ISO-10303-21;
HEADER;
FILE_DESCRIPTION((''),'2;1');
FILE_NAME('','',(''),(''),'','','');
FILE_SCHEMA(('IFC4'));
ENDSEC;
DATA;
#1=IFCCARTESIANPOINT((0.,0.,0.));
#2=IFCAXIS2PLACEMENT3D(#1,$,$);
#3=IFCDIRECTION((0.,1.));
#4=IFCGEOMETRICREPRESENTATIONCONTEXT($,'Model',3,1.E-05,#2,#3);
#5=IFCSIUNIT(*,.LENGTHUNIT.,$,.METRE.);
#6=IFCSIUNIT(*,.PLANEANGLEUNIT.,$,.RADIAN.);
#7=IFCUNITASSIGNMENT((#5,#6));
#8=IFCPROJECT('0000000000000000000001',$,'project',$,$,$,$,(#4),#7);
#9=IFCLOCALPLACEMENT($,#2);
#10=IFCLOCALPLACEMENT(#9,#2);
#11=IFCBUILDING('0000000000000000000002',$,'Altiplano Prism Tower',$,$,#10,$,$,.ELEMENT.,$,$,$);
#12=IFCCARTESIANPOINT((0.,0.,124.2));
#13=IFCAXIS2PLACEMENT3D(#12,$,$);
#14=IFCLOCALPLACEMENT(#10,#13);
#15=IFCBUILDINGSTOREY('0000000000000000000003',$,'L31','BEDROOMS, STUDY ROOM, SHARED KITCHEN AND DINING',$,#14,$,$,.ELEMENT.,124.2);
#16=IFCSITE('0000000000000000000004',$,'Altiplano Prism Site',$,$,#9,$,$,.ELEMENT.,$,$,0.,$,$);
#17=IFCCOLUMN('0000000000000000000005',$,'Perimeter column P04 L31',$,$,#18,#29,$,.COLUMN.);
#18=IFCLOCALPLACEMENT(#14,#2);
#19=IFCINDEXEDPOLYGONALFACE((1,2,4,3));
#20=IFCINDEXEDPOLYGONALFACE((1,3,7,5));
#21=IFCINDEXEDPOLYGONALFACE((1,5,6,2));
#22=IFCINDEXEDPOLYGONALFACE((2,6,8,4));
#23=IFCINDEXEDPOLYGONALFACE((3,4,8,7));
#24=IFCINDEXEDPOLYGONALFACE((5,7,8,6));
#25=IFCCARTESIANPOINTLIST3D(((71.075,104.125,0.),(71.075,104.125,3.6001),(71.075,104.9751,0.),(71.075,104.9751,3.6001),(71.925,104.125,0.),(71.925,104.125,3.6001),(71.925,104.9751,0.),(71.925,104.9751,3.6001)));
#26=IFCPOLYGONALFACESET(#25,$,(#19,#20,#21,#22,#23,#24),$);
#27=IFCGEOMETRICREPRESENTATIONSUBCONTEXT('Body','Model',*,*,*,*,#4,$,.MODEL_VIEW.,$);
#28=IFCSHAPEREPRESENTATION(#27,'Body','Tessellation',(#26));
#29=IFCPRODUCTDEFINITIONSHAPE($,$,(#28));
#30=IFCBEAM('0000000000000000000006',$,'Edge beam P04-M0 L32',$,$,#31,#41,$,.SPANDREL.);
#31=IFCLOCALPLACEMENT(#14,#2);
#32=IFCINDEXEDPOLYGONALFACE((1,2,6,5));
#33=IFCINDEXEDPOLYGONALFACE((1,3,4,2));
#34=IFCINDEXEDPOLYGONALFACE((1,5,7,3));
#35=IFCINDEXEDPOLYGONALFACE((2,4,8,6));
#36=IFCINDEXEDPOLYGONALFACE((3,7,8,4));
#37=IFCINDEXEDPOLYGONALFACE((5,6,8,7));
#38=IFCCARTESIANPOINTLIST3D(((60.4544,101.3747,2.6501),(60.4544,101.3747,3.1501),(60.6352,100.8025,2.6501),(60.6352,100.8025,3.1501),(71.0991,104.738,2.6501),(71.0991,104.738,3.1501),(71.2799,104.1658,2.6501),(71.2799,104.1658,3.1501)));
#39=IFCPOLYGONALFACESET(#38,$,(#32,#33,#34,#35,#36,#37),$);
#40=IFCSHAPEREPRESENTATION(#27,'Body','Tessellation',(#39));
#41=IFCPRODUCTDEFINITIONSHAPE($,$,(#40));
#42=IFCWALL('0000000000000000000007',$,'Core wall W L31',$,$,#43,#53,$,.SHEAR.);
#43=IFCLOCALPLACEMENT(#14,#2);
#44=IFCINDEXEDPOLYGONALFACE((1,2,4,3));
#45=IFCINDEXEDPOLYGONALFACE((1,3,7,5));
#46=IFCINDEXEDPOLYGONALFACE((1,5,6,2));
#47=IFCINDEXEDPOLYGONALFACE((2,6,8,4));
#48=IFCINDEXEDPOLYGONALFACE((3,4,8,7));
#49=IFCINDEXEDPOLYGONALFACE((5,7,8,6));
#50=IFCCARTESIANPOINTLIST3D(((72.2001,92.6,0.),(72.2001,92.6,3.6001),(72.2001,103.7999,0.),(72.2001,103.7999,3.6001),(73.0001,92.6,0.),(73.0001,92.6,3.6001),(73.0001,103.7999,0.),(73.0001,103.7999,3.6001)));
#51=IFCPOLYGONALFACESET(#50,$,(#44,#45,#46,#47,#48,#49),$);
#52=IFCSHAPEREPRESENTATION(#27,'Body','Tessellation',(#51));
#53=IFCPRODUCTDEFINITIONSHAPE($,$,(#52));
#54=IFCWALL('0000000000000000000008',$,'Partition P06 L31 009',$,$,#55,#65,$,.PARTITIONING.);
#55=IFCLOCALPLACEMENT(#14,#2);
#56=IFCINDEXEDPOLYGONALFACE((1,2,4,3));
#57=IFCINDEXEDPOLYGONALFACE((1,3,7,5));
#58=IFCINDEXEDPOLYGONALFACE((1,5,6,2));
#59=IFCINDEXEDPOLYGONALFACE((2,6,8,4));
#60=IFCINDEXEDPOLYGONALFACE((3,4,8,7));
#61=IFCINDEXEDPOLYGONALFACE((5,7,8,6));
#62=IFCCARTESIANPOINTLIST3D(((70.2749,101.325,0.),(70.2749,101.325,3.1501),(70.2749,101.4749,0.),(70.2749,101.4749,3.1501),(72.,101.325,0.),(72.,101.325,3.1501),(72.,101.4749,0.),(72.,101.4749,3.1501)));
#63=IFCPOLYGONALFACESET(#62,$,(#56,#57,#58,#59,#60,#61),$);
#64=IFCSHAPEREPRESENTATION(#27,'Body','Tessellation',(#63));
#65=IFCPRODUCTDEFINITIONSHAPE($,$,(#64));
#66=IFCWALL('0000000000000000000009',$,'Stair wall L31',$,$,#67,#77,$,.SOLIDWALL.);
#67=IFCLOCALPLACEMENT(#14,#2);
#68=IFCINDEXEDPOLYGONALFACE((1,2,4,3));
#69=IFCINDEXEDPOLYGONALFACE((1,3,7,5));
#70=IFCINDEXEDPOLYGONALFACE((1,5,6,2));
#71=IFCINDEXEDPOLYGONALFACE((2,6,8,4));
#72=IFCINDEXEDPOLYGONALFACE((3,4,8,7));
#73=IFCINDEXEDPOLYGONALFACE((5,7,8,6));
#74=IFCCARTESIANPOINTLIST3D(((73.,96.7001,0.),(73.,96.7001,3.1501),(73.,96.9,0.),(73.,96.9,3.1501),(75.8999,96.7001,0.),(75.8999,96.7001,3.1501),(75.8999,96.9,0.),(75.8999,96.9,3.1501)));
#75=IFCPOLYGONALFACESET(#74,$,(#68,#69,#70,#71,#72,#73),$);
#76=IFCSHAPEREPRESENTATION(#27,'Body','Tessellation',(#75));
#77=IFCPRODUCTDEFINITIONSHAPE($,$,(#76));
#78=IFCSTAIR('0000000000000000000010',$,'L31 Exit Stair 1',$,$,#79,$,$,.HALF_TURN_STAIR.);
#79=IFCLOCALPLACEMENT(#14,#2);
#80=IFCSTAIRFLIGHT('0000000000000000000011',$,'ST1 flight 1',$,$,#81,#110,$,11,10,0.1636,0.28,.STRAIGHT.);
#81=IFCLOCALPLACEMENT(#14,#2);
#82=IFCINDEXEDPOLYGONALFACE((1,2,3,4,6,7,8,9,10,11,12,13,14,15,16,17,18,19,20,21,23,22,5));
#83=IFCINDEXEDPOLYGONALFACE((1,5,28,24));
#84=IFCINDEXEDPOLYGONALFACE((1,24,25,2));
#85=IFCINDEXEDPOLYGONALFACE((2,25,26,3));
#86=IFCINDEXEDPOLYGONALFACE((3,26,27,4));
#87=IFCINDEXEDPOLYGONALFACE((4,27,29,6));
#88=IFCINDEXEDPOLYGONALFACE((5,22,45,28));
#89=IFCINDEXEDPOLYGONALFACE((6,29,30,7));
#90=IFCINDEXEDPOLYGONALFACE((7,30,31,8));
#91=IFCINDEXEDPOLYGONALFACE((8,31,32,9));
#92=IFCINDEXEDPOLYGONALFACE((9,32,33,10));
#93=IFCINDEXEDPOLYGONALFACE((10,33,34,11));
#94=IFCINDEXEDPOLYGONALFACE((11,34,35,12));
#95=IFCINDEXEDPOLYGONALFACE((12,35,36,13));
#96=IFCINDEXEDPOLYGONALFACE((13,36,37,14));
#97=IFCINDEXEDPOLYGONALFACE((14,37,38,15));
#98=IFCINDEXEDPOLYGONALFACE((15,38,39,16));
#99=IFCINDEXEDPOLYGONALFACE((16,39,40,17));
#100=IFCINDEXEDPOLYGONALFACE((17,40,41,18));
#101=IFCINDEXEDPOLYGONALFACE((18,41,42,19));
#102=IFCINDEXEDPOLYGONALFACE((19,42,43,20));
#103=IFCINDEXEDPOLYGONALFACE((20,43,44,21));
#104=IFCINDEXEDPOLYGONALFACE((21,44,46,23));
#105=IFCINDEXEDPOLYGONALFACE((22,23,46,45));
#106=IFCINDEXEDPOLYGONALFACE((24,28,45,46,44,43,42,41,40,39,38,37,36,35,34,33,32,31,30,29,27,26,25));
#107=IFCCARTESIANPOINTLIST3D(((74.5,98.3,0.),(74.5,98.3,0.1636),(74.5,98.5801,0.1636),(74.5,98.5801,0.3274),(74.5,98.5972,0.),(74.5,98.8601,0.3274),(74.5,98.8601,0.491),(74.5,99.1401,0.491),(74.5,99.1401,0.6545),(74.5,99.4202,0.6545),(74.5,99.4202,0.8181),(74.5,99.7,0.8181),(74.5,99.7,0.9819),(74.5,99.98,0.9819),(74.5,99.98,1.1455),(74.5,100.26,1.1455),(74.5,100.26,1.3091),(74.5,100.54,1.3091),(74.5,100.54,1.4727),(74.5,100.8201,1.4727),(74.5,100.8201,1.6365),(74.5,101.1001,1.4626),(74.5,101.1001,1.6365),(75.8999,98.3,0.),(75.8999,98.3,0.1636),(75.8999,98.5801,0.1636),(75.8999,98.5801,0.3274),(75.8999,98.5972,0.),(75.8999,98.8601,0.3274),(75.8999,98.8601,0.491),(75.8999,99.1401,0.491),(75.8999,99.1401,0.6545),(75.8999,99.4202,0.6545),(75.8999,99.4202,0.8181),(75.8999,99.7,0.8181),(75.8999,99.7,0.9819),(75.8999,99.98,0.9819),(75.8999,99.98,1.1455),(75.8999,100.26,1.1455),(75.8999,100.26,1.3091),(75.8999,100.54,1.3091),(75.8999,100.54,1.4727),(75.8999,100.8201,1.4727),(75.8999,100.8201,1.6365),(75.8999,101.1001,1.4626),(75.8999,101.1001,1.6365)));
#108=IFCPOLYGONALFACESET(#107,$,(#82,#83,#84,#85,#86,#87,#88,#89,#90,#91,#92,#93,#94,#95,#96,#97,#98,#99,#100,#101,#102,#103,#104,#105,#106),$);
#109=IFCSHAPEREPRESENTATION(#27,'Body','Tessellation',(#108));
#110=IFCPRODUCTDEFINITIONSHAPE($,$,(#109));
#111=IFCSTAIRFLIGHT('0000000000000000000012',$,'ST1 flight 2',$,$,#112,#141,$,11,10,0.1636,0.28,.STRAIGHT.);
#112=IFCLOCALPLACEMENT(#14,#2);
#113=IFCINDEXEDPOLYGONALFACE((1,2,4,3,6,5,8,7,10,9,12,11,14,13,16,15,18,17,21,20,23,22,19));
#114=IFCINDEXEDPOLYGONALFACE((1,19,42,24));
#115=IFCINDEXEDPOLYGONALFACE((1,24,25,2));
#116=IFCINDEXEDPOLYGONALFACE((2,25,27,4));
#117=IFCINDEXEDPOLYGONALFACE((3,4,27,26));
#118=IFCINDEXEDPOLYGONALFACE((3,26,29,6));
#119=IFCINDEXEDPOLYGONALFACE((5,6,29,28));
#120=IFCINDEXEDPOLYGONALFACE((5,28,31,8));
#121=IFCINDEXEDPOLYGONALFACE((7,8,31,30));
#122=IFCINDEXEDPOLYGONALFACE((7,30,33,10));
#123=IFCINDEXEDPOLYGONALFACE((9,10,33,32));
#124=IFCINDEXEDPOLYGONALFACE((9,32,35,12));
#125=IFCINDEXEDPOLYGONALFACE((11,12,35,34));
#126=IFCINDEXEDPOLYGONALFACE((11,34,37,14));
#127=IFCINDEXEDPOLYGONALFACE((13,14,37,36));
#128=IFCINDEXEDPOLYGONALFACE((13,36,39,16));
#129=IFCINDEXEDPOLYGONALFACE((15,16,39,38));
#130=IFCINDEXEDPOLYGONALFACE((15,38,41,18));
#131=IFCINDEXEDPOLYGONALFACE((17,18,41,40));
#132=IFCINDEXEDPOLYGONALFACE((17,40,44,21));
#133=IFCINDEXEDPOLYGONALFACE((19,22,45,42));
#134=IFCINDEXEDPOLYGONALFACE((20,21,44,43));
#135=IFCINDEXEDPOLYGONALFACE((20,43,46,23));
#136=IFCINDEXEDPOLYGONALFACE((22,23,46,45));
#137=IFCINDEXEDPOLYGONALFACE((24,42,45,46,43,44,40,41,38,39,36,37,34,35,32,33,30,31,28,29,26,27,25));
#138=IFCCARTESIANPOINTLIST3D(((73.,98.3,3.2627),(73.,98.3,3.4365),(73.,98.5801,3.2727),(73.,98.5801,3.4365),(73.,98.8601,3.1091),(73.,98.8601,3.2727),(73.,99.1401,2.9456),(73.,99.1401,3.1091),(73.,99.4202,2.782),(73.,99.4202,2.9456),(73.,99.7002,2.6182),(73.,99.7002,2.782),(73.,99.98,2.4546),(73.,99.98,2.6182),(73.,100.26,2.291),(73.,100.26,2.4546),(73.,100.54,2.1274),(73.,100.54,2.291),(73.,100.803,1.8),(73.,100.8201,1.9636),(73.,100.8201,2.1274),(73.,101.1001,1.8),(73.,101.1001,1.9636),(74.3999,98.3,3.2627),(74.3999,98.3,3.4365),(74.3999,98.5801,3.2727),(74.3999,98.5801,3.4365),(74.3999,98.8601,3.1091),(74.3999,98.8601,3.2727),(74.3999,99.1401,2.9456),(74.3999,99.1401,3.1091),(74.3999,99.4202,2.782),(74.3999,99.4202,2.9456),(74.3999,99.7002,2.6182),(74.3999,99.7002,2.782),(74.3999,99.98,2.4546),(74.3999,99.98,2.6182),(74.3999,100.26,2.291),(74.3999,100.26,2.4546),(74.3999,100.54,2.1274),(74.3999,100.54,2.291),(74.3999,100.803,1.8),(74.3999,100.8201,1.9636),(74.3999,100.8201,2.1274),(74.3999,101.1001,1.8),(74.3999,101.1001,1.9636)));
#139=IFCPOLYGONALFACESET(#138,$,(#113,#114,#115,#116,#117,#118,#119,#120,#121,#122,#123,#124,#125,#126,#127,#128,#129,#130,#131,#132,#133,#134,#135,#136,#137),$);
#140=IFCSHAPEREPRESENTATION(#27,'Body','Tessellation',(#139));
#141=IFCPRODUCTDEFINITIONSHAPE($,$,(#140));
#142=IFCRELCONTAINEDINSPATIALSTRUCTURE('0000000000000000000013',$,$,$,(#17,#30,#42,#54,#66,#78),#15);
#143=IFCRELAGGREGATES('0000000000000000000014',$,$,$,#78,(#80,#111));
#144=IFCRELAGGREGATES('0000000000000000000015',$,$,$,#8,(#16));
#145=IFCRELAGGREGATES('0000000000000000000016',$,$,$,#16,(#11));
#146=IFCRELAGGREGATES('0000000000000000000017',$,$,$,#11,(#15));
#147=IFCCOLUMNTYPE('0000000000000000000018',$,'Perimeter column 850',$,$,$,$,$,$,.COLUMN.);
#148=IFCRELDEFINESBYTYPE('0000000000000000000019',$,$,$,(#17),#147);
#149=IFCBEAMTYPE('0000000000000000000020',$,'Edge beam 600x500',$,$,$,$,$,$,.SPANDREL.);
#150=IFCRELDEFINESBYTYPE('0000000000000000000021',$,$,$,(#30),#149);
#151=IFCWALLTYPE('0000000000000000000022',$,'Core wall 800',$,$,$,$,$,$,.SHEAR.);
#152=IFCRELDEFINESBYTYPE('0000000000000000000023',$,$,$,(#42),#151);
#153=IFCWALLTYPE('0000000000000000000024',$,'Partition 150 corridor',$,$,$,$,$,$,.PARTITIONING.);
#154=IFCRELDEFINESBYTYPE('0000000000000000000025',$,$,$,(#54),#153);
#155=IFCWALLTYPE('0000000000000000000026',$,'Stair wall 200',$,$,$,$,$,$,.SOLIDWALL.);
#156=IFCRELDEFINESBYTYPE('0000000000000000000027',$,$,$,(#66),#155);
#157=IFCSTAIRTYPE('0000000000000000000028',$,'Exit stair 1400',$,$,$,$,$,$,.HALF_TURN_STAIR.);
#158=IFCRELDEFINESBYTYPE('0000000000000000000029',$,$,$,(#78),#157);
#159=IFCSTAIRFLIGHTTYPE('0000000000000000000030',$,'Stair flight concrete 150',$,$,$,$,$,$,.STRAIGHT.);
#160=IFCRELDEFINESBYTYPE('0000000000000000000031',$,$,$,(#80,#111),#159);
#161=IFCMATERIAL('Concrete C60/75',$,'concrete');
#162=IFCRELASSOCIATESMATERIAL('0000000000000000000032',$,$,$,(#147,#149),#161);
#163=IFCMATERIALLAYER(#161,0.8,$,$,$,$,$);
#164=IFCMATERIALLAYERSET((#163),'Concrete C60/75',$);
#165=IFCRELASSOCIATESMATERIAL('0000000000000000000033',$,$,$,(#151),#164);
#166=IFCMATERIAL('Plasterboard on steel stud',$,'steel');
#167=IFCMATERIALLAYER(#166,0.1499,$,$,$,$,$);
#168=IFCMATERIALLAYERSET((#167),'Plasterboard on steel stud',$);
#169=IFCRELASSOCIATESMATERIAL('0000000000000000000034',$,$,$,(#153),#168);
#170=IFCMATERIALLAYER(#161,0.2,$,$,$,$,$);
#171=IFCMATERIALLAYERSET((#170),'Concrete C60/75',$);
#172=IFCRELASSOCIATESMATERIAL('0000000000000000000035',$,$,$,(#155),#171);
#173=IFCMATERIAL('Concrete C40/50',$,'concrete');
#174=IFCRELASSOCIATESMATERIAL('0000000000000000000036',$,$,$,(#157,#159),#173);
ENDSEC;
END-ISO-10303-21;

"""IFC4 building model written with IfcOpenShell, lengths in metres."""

from ifc_helpers import new_model, si_unit, direction, frame, frame_2d, origin, origin_2d, place, context, subcontext, project, spatial, polyline, rectangle, outline, extrude, material, layer, layer_set, material_profile, profile_set, type_object, element, aggregate, save


model = new_model("IFC4")

# Units and contexts
model_context = context("Model", 3, precision=1e-05, world=origin(), true_north=direction((0.0, 1.0)))
body_context = subcontext(model_context, "Body", "Model", "MODEL_VIEW")
ifc_project = project(units=[si_unit("LENGTHUNIT", "METRE"), si_unit("PLANEANGLEUNIT", "RADIAN")], contexts=[model_context])

# Site, building, storey
site_placement = place(None, origin())
site = spatial("IfcSite", under=ifc_project, at=site_placement, Name="Altiplano Prism Site", CompositionType="ELEMENT", RefElevation=0.0)
building_placement = place(site_placement, origin())
building = spatial("IfcBuilding", under=site, at=building_placement, Name="Altiplano Prism Tower", CompositionType="ELEMENT")
storey_placement = place(building_placement, frame((0.0, 0.0, 124.2)))
storey = spatial("IfcBuildingStorey", under=building, at=storey_placement, Name="L31", Description="BEDROOMS, STUDY ROOM, SHARED KITCHEN AND DINING", CompositionType="ELEMENT", Elevation=124.2)

# Column
ifc_material_1 = material(Name="Concrete C60/75", Category="concrete")
ifc_material_profile_1 = material_profile(ifc_material_1, rectangle(XDim=0.8501, YDim=0.8501, at=origin_2d()), Name="Perimeter column 850")
ifc_profile_set_1 = profile_set([ifc_material_profile_1], Name="Concrete C60/75")
column_type = type_object("IfcColumnType", Name="Perimeter column 850", PredefinedType="COLUMN", material=ifc_profile_set_1)
column_placement = place(storey_placement, frame((71.5, 104.55, 0.0), z_axis=(0.0, 0.0, 1.0), x_axis=(1.0, 0.0, 0.0)))
element("IfcColumn", 1, at=column_placement, inside=storey, type_object=column_type, Name="Perimeter column P04 L31", PredefinedType="COLUMN", context=body_context, shape_type="SweptSolid", body=[
    extrude(rectangle(XDim=0.8501, YDim=0.8501, at=origin_2d()), origin(), (0.0, 0.0, 1.0), 3.6001),
])

# Beam
ifc_material_profile_2 = material_profile(ifc_material_1, rectangle(XDim=0.6001, YDim=0.5, at=origin_2d()), Name="Edge beam 600x500")
ifc_profile_set_2 = profile_set([ifc_material_profile_2], Name="Concrete C60/75")
beam_type = type_object("IfcBeamType", Name="Edge beam 600x500", PredefinedType="SPANDREL", material=ifc_profile_set_2)
beam_placement = place(storey_placement, frame((71.1895, 104.4519, 2.9001), z_axis=(-0.953535, -0.301282, 0.0), x_axis=(0.301282, -0.953535, 0.0)))
element("IfcBeam", 2, at=beam_placement, inside=storey, type_object=beam_type, Name="Edge beam P04-M0 L32", PredefinedType="SPANDREL", context=body_context, shape_type="SweptSolid", body=[
    extrude(rectangle(XDim=0.6001, YDim=0.5, at=origin_2d()), origin(), (0.0, 0.0, 1.0), 11.1633),
])

# Walls
ifc_layer_1 = layer(ifc_material_1, 0.8)
ifc_layer_set_1 = layer_set([ifc_layer_1], Name="Concrete C60/75")
wall_type_1 = type_object("IfcWallType", Name="Core wall 800", PredefinedType="SHEAR", material=ifc_layer_set_1)
wall_1_placement = place(storey_placement, frame((72.6001, 103.8, 0.0), z_axis=(0.0, 0.0, 1.0), x_axis=(0.0, -1.0, 0.0)))
element("IfcWall", 3, at=wall_1_placement, inside=storey, type_object=wall_type_1, Name="Core wall W L31", PredefinedType="SHEAR", context=body_context, shape_type="SweptSolid", body=[
    extrude(rectangle(XDim=11.2, YDim=0.8, at=frame_2d((5.6001, 0.0))), origin(), (0.0, 0.0, 1.0), 3.6001),
])
ifc_material_2 = material(Name="Plasterboard on steel stud", Category="steel")
ifc_layer_2 = layer(ifc_material_2, 0.1499)
ifc_layer_set_2 = layer_set([ifc_layer_2], Name="Plasterboard on steel stud")
wall_type_2 = type_object("IfcWallType", Name="Partition 150 corridor", PredefinedType="PARTITIONING", material=ifc_layer_set_2)
wall_2_placement = place(storey_placement, frame((72.0, 101.3999, 0.0), z_axis=(0.0, 0.0, 1.0), x_axis=(-1.0, 0.0, 0.0)))
element("IfcWall", 4, at=wall_2_placement, inside=storey, type_object=wall_type_2, Name="Partition P06 L31 009", PredefinedType="PARTITIONING", context=body_context, shape_type="SweptSolid", body=[
    extrude(rectangle(XDim=1.7251, YDim=0.1499, at=frame_2d((0.8625, 0.0))), origin(), (0.0, 0.0, 1.0), 3.1501),
])
ifc_layer_3 = layer(ifc_material_1, 0.2)
ifc_layer_set_3 = layer_set([ifc_layer_3], Name="Concrete C60/75")
wall_type_3 = type_object("IfcWallType", Name="Stair wall 200", PredefinedType="SOLIDWALL", material=ifc_layer_set_3)
wall_3_placement = place(storey_placement, frame((73.0, 96.8, 0.0), z_axis=(0.0, 0.0, 1.0), x_axis=(1.0, 0.0, 0.0)))
element("IfcWall", 5, at=wall_3_placement, inside=storey, type_object=wall_type_3, Name="Stair wall L31", PredefinedType="SOLIDWALL", context=body_context, shape_type="SweptSolid", body=[
    extrude(rectangle(XDim=2.8999, YDim=0.2, at=frame_2d((1.45, 0.0))), origin(), (0.0, 0.0, 1.0), 3.1501),
])

# Stair, stair flights
ifc_material_3 = material(Name="Concrete C40/50", Category="concrete")
stair_type = type_object("IfcStairType", Name="Exit stair 1400", PredefinedType="HALF_TURN_STAIR", material=ifc_material_3)
stair_placement = place(storey_placement, origin())
stair = element("IfcStair", 6, at=stair_placement, inside=storey, type_object=stair_type, Name="L31 Exit Stair 1", PredefinedType="HALF_TURN_STAIR")
stair_flight_type = type_object("IfcStairFlightType", Name="Stair flight concrete 150", PredefinedType="STRAIGHT", material=ifc_material_3)
stair_flight_1_placement = place(storey_placement, frame((75.2, 98.3, 0.0), z_axis=(0.0, 0.0, 1.0), x_axis=(0.0, 1.0, 0.0)))
stair_flight_1 = element("IfcStairFlight", 7, at=stair_flight_1_placement, type_object=stair_flight_type, Name="ST1 flight 1", NumberOfRisers=11, NumberOfTreads=10, PredefinedType="STRAIGHT", RiserHeight=0.1636, TreadLength=0.28, context=body_context, shape_type="SweptSolid", body=[
    extrude(outline(polyline([(0.0, 0.0), (0.0, 0.1636), (0.28, 0.1636), (0.28, 0.3274), (0.5601, 0.3274), (0.5601, 0.491), (0.8401, 0.491), (0.8401, 0.6545), (1.1201, 0.6545), (1.1201, 0.8181), (1.3999, 0.8181), (1.3999, 0.9819), (1.6799, 0.9819), (1.6799, 1.1455), (1.96, 1.1455), (1.96, 1.3091), (2.24, 1.3091), (2.24, 1.4727), (2.52, 1.4727), (2.52, 1.6365), (2.8, 1.6365), (2.8, 1.8), (2.8, 1.4626), (0.2971, 0.0), (0.0, 0.0)])), frame((0.0, 0.7, 0.0), z_axis=(0.0, -1.0, 0.0), x_axis=(1.0, 0.0, 0.0)), (0.0, 0.0, 1.0), 1.3999),
])
stair_flight_2_placement = place(storey_placement, frame((73.7, 101.1001, 1.8), z_axis=(0.0, 0.0, 1.0), x_axis=(0.0, -1.0, 0.0)))
stair_flight_2 = element("IfcStairFlight", 8, at=stair_flight_2_placement, type_object=stair_flight_type, Name="ST1 flight 2", NumberOfRisers=11, NumberOfTreads=10, PredefinedType="STRAIGHT", RiserHeight=0.1636, TreadLength=0.28, context=body_context, shape_type="SweptSolid", body=[
    extrude(outline(polyline([(0.0, 0.0), (0.0, 0.1636), (0.28, 0.1636), (0.28, 0.3274), (0.5601, 0.3274), (0.5601, 0.491), (0.8401, 0.491), (0.8401, 0.6545), (1.1201, 0.6545), (1.1201, 0.8181), (1.3999, 0.8181), (1.3999, 0.9819), (1.6799, 0.9819), (1.6799, 1.1455), (1.96, 1.1455), (1.96, 1.3091), (2.24, 1.3091), (2.24, 1.4727), (2.52, 1.4727), (2.52, 1.6365), (2.8, 1.6365), (2.8, 1.8), (2.8, 1.4626), (0.2971, 0.0), (0.0, 0.0)])), frame((0.0, 0.7, 0.0), z_axis=(0.0, -1.0, 0.0), x_axis=(1.0, 0.0, 0.0)), (0.0, 0.0, 1.0), 1.3999),
])
aggregate(stair, [stair_flight_1, stair_flight_2])

save(model, "model.ifc")
